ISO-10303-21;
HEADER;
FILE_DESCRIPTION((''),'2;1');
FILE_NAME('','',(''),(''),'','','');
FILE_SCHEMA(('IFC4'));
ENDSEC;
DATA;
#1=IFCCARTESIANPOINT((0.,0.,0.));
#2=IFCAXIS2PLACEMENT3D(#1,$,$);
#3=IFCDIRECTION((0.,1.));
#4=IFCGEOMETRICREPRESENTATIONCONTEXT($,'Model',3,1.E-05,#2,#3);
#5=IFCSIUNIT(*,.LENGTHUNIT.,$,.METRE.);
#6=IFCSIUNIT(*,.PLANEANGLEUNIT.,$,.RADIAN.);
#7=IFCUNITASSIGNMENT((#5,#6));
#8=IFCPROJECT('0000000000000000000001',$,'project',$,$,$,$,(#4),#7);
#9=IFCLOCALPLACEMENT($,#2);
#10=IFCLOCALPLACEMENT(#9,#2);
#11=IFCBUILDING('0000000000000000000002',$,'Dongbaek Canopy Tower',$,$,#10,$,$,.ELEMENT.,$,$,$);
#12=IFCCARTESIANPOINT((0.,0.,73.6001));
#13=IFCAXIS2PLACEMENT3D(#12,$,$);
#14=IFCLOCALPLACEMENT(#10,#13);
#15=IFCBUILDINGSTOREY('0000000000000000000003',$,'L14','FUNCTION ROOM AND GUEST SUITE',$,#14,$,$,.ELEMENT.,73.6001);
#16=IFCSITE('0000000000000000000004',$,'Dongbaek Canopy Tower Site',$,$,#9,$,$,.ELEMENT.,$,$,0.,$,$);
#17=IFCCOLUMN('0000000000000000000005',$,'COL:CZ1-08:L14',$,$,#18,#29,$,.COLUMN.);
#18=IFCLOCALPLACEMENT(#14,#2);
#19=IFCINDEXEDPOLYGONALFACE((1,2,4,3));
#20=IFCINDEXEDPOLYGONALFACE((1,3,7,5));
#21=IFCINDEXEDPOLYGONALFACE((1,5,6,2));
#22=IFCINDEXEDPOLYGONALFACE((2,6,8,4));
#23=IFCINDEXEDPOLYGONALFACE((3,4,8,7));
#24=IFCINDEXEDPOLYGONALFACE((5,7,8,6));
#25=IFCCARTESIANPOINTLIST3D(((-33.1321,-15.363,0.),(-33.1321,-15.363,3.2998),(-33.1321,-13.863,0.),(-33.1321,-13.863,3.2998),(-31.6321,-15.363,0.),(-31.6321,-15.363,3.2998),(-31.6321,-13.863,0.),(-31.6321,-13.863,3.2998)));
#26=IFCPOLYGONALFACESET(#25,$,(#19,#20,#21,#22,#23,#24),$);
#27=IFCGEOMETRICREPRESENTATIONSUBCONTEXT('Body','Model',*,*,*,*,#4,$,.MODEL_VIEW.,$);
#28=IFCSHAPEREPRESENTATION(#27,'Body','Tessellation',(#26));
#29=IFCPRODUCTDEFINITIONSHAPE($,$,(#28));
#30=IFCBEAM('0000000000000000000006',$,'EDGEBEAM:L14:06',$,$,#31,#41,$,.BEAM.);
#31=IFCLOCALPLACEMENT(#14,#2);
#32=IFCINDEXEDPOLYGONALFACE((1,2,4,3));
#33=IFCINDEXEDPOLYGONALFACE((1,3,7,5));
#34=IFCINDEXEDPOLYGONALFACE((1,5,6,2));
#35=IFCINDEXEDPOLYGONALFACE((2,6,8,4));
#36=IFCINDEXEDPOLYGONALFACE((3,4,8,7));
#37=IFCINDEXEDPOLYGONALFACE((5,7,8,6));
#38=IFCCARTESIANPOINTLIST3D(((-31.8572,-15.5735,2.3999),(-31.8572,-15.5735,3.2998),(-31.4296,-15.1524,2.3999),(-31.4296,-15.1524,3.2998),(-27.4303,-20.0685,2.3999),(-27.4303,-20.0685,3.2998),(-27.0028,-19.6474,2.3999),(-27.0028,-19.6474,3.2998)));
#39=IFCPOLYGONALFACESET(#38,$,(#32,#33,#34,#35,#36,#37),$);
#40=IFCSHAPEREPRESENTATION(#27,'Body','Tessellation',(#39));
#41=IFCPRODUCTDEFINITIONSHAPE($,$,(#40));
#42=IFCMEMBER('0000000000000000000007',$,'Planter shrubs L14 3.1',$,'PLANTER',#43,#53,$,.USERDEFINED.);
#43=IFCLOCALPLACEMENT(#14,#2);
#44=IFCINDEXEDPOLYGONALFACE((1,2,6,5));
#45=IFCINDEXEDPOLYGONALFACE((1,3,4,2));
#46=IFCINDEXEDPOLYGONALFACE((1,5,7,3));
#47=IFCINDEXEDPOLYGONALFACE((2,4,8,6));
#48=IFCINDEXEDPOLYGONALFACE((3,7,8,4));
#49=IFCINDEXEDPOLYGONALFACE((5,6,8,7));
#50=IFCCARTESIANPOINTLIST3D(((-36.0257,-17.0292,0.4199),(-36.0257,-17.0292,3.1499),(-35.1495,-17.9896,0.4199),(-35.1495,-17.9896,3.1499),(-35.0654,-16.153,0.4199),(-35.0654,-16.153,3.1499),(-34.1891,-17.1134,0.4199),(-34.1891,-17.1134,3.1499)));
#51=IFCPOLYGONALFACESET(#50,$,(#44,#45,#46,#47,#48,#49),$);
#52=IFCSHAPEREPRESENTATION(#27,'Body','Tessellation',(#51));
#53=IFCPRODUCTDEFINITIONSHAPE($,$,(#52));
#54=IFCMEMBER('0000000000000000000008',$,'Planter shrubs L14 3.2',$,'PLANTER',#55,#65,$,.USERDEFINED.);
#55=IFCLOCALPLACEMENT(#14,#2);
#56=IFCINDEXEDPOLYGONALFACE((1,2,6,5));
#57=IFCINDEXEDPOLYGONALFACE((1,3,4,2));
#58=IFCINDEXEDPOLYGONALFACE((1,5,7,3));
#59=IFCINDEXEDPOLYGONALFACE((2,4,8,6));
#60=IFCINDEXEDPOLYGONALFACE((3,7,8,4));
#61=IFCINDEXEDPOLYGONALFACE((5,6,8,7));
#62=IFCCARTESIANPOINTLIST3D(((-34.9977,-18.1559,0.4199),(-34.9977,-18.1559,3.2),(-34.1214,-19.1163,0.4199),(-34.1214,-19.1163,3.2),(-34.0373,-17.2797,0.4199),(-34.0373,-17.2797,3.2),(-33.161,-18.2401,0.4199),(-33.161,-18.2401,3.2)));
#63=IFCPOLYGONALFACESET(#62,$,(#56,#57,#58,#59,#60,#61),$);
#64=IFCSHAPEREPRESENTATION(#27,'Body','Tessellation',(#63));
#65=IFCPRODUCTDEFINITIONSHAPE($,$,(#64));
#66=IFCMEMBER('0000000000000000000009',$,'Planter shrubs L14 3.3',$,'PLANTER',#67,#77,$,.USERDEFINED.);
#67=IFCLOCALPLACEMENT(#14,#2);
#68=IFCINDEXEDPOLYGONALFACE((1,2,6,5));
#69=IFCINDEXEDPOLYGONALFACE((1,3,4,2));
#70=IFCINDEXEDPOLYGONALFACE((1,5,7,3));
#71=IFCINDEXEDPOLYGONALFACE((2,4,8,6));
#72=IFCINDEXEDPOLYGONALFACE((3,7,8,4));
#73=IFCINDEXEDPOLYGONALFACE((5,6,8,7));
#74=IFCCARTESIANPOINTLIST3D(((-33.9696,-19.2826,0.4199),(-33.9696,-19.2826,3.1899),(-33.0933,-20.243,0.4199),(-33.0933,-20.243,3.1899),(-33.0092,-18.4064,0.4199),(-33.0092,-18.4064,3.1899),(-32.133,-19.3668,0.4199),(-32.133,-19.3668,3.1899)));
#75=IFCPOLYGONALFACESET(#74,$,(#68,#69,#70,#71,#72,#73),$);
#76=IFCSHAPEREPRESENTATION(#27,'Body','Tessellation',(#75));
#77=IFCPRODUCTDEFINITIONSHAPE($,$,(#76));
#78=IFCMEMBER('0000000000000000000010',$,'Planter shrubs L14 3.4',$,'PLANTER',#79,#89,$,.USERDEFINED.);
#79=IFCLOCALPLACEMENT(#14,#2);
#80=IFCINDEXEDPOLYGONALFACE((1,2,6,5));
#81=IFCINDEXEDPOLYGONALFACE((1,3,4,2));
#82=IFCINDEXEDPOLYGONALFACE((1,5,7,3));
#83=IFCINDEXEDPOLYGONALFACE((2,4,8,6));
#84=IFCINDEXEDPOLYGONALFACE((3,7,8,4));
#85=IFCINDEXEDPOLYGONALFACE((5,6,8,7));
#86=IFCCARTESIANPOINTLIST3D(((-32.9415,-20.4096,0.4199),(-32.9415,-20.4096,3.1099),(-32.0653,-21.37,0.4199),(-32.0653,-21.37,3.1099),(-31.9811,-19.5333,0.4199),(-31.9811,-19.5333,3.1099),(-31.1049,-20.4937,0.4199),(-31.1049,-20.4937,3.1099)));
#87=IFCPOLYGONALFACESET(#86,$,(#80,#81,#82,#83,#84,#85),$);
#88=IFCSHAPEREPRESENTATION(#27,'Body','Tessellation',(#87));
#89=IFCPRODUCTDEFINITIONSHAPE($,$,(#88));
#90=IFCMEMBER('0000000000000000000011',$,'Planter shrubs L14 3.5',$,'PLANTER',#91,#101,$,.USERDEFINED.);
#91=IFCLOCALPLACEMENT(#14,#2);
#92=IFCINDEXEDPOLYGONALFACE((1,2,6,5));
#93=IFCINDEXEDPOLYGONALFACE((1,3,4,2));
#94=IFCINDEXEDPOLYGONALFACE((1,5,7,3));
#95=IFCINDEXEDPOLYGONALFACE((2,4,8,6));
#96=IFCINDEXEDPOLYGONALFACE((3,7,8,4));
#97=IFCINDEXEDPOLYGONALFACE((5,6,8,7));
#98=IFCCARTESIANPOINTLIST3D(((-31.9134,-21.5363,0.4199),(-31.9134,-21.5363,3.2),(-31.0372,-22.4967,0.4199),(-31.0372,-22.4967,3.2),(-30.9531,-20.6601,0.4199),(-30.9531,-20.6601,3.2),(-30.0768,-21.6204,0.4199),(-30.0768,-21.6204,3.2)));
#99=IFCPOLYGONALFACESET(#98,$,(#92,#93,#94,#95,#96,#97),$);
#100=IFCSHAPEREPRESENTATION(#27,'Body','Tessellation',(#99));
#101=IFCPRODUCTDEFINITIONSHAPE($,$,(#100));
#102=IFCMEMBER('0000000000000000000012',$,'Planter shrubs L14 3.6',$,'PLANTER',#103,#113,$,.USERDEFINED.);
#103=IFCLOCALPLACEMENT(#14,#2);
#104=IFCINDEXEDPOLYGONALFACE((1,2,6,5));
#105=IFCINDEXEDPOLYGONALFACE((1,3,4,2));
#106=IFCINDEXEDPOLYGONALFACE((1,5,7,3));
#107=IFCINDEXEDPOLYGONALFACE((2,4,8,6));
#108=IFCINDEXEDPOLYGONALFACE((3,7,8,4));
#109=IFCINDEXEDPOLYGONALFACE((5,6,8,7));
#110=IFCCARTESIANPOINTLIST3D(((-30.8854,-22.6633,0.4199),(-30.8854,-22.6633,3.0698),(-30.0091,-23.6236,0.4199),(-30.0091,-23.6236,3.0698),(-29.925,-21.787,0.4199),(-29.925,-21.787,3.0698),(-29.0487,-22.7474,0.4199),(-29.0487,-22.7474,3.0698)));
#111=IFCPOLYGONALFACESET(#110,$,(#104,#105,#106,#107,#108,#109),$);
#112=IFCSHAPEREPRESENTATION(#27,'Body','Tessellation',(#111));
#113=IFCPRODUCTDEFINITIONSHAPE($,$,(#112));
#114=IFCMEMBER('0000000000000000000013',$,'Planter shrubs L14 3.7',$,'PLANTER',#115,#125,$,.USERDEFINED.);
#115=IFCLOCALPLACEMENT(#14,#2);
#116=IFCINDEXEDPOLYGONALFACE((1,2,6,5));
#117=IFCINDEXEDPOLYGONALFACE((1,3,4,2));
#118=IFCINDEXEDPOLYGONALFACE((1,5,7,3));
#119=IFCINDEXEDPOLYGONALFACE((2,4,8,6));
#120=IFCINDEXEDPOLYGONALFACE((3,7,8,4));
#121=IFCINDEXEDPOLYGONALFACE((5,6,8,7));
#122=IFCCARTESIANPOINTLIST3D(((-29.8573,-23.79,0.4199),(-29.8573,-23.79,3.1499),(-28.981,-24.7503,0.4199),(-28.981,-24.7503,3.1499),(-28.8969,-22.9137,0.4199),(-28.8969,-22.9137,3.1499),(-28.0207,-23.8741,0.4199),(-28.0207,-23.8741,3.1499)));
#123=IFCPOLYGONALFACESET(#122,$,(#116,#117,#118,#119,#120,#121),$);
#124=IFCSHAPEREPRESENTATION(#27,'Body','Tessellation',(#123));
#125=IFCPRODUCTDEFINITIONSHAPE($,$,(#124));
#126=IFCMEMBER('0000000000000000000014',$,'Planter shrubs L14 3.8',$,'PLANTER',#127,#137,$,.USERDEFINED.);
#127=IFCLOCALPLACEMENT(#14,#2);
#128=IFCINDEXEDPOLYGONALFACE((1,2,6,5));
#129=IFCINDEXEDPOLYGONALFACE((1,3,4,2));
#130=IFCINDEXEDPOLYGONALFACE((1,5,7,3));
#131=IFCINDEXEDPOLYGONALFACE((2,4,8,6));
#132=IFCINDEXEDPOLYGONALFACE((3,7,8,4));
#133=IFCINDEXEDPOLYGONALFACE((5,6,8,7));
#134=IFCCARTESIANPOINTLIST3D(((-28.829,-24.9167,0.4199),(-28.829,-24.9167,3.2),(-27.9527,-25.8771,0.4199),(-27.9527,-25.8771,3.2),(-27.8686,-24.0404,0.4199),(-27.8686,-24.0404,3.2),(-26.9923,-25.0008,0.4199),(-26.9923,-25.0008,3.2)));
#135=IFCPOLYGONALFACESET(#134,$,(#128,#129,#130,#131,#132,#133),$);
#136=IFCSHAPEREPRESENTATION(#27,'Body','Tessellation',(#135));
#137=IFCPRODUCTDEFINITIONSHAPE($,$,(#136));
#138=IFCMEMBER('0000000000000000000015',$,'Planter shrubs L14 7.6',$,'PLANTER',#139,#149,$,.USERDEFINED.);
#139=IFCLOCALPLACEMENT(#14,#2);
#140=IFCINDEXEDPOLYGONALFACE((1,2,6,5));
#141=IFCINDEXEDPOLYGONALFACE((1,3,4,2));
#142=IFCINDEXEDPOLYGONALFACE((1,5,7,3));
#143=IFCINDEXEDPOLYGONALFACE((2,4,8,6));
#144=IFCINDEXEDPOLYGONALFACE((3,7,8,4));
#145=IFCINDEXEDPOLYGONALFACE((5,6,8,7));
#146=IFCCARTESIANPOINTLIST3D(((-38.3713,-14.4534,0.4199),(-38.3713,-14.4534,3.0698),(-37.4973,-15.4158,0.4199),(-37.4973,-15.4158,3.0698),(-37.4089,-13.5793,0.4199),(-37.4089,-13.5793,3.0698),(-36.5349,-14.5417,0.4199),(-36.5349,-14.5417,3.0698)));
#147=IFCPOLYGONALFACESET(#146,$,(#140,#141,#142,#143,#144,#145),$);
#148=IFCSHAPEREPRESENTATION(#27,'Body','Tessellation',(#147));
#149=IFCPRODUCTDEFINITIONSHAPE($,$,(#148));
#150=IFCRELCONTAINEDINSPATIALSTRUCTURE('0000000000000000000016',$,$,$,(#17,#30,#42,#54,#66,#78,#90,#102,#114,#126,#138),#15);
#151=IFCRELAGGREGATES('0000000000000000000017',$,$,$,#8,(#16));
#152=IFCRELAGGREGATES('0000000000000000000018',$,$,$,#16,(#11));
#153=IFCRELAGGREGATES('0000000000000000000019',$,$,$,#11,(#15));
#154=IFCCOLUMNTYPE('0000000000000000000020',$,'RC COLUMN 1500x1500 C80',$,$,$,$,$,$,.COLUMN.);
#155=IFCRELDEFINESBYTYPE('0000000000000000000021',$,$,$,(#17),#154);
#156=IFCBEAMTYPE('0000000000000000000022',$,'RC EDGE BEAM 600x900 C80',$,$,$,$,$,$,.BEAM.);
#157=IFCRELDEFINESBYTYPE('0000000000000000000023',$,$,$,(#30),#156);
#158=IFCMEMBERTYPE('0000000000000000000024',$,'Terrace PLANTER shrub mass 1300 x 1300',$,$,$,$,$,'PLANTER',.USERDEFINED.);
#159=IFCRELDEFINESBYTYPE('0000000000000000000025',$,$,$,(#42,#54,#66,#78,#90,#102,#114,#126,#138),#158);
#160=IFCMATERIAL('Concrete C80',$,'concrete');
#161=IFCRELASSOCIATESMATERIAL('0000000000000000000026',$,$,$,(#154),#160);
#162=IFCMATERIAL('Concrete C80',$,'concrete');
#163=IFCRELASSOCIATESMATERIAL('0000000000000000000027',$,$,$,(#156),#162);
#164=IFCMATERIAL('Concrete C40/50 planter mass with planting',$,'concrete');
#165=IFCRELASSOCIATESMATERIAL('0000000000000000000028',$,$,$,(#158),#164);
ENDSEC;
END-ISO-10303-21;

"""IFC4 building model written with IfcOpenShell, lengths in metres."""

from ifc_helpers import new_model, si_unit, direction, frame, origin, origin_2d, place, context, subcontext, project, spatial, rectangle, extrude, material, material_profile, profile_set, type_object, element, save


model = new_model("IFC4")

# Units and contexts
model_context = context("Model", 3, precision=1e-05, world=origin(), true_north=direction((0.0, 1.0)))
body_context = subcontext(model_context, "Body", "Model", "MODEL_VIEW")
ifc_project = project(units=[si_unit("LENGTHUNIT", "METRE"), si_unit("PLANEANGLEUNIT", "RADIAN")], contexts=[model_context])

# Site, building, storey
site_placement = place(None, origin())
site = spatial("IfcSite", under=ifc_project, at=site_placement, Name="Dongbaek Canopy Tower Site", CompositionType="ELEMENT", RefElevation=0.0)
building_placement = place(site_placement, origin())
building = spatial("IfcBuilding", under=site, at=building_placement, Name="Dongbaek Canopy Tower", CompositionType="ELEMENT")
storey_placement = place(building_placement, frame((0.0, 0.0, 73.6001)))
storey = spatial("IfcBuildingStorey", under=building, at=storey_placement, Name="L14", Description="FUNCTION ROOM AND GUEST SUITE", CompositionType="ELEMENT", Elevation=73.6001)

# Column
ifc_material_1 = material(Name="Concrete C80", Category="concrete")
ifc_material_profile_1 = material_profile(ifc_material_1, rectangle(XDim=1.5, YDim=1.5, at=origin_2d()), Name="RC COLUMN 1500x1500 C80")
ifc_profile_set_1 = profile_set([ifc_material_profile_1], Name="Concrete C80")
column_type = type_object("IfcColumnType", Name="RC COLUMN 1500x1500 C80", PredefinedType="COLUMN", material=ifc_profile_set_1)
column_placement = place(storey_placement, frame((-32.3821, -14.613, 0.0), z_axis=(0.0, 0.0, 1.0), x_axis=(1.0, 0.0, 0.0)))
element("IfcColumn", 1, at=column_placement, inside=storey, type_object=column_type, Name="COL:CZ1-08:L14", PredefinedType="COLUMN", context=body_context, shape_type="SweptSolid", body=[
    extrude(rectangle(XDim=1.5, YDim=1.5, at=origin_2d()), origin(), (0.0, 0.0, 1.0), 3.2998),
])

# Beam
ifc_material_2 = material(Name="Concrete C80", Category="concrete")
ifc_material_profile_2 = material_profile(ifc_material_2, rectangle(XDim=0.6001, YDim=0.8999, at=origin_2d()), Name="RC EDGE BEAM 600x900 C80")
ifc_profile_set_2 = profile_set([ifc_material_profile_2], Name="Concrete C80")
beam_type = type_object("IfcBeamType", Name="RC EDGE BEAM 600x900 C80", PredefinedType="BEAM", material=ifc_profile_set_2)
beam_placement = place(storey_placement, frame((-27.2166, -19.8579, 2.8499), z_axis=(-0.701688, 0.712485, 0.0), x_axis=(-0.712485, -0.701688, 0.0)))
element("IfcBeam", 2, at=beam_placement, inside=storey, type_object=beam_type, Name="EDGEBEAM:L14:06", PredefinedType="BEAM", context=body_context, shape_type="SweptSolid", body=[
    extrude(rectangle(XDim=0.6001, YDim=0.8999, at=origin_2d()), origin(), (0.0, 0.0, 1.0), 6.3088),
])

# Members
ifc_material_3 = material(Name="Concrete C40/50 planter mass with planting", Category="concrete")
ifc_material_profile_3 = material_profile(ifc_material_3, rectangle(XDim=1.3, YDim=1.3, at=origin_2d()), Name="Terrace PLANTER shrub mass 1300 x 1300")
ifc_profile_set_3 = profile_set([ifc_material_profile_3], Name="Concrete C40/50 planter mass with planting")
member_type = type_object("IfcMemberType", Name="Terrace PLANTER shrub mass 1300 x 1300", ElementType="PLANTER", PredefinedType="USERDEFINED", material=ifc_profile_set_3)
member_1_placement = place(storey_placement, frame((-35.1074, -17.0713, 0.4199), z_axis=(0.0, 0.0, 1.0), x_axis=(-0.73872, -0.674012, 0.0)))
element("IfcMember", 3, at=member_1_placement, inside=storey, type_object=member_type, Name="Planter shrubs L14 3.1", ObjectType="PLANTER", PredefinedType="USERDEFINED", context=body_context, shape_type="SweptSolid", body=[
    extrude(rectangle(XDim=1.3, YDim=1.3, at=origin_2d()), origin(), (0.0, 0.0, 1.0), 2.73),
])
member_2_placement = place(storey_placement, frame((-34.0793, -18.198, 0.4199), z_axis=(0.0, 0.0, 1.0), x_axis=(-0.73872, -0.674012, 0.0)))
element("IfcMember", 4, at=member_2_placement, inside=storey, type_object=member_type, Name="Planter shrubs L14 3.2", ObjectType="PLANTER", PredefinedType="USERDEFINED", context=body_context, shape_type="SweptSolid", body=[
    extrude(rectangle(XDim=1.3, YDim=1.3, at=origin_2d()), origin(), (0.0, 0.0, 1.0), 2.78),
])
member_3_placement = place(storey_placement, frame((-33.0513, -19.3247, 0.4199), z_axis=(0.0, 0.0, 1.0), x_axis=(-0.73872, -0.674012, 0.0)))
element("IfcMember", 5, at=member_3_placement, inside=storey, type_object=member_type, Name="Planter shrubs L14 3.3", ObjectType="PLANTER", PredefinedType="USERDEFINED", context=body_context, shape_type="SweptSolid", body=[
    extrude(rectangle(XDim=1.3, YDim=1.3, at=origin_2d()), origin(), (0.0, 0.0, 1.0), 2.77),
])
member_4_placement = place(storey_placement, frame((-32.0232, -20.4517, 0.4199), z_axis=(0.0, 0.0, 1.0), x_axis=(-0.73872, -0.674012, 0.0)))
element("IfcMember", 6, at=member_4_placement, inside=storey, type_object=member_type, Name="Planter shrubs L14 3.4", ObjectType="PLANTER", PredefinedType="USERDEFINED", context=body_context, shape_type="SweptSolid", body=[
    extrude(rectangle(XDim=1.3, YDim=1.3, at=origin_2d()), origin(), (0.0, 0.0, 1.0), 2.6899),
])
member_5_placement = place(storey_placement, frame((-30.9951, -21.5784, 0.4199), z_axis=(0.0, 0.0, 1.0), x_axis=(-0.73872, -0.674012, 0.0)))
element("IfcMember", 7, at=member_5_placement, inside=storey, type_object=member_type, Name="Planter shrubs L14 3.5", ObjectType="PLANTER", PredefinedType="USERDEFINED", context=body_context, shape_type="SweptSolid", body=[
    extrude(rectangle(XDim=1.3, YDim=1.3, at=origin_2d()), origin(), (0.0, 0.0, 1.0), 2.78),
])
member_6_placement = place(storey_placement, frame((-29.967, -22.7053, 0.4199), z_axis=(0.0, 0.0, 1.0), x_axis=(-0.73872, -0.674012, 0.0)))
element("IfcMember", 8, at=member_6_placement, inside=storey, type_object=member_type, Name="Planter shrubs L14 3.6", ObjectType="PLANTER", PredefinedType="USERDEFINED", context=body_context, shape_type="SweptSolid", body=[
    extrude(rectangle(XDim=1.3, YDim=1.3, at=origin_2d()), origin(), (0.0, 0.0, 1.0), 2.6499),
])
member_7_placement = place(storey_placement, frame((-28.939, -23.832, 0.4199), z_axis=(0.0, 0.0, 1.0), x_axis=(-0.73872, -0.674012, 0.0)))
element("IfcMember", 9, at=member_7_placement, inside=storey, type_object=member_type, Name="Planter shrubs L14 3.7", ObjectType="PLANTER", PredefinedType="USERDEFINED", context=body_context, shape_type="SweptSolid", body=[
    extrude(rectangle(XDim=1.3, YDim=1.3, at=origin_2d()), origin(), (0.0, 0.0, 1.0), 2.73),
])
member_8_placement = place(storey_placement, frame((-27.9106, -24.9587, 0.4199), z_axis=(0.0, 0.0, 1.0), x_axis=(-0.73872, -0.674012, 0.0)))
element("IfcMember", 10, at=member_8_placement, inside=storey, type_object=member_type, Name="Planter shrubs L14 3.8", ObjectType="PLANTER", PredefinedType="USERDEFINED", context=body_context, shape_type="SweptSolid", body=[
    extrude(rectangle(XDim=1.3, YDim=1.3, at=origin_2d()), origin(), (0.0, 0.0, 1.0), 2.78),
])
member_9_placement = place(storey_placement, frame((-37.4531, -14.4976, 0.4199), z_axis=(0.0, 0.0, 1.0), x_axis=(-0.740276, -0.672303, 0.0)))
element("IfcMember", 11, at=member_9_placement, inside=storey, type_object=member_type, Name="Planter shrubs L14 7.6", ObjectType="PLANTER", PredefinedType="USERDEFINED", context=body_context, shape_type="SweptSolid", body=[
    extrude(rectangle(XDim=1.3, YDim=1.3, at=origin_2d()), origin(), (0.0, 0.0, 1.0), 2.6499),
])

save(model, "model.ifc")
